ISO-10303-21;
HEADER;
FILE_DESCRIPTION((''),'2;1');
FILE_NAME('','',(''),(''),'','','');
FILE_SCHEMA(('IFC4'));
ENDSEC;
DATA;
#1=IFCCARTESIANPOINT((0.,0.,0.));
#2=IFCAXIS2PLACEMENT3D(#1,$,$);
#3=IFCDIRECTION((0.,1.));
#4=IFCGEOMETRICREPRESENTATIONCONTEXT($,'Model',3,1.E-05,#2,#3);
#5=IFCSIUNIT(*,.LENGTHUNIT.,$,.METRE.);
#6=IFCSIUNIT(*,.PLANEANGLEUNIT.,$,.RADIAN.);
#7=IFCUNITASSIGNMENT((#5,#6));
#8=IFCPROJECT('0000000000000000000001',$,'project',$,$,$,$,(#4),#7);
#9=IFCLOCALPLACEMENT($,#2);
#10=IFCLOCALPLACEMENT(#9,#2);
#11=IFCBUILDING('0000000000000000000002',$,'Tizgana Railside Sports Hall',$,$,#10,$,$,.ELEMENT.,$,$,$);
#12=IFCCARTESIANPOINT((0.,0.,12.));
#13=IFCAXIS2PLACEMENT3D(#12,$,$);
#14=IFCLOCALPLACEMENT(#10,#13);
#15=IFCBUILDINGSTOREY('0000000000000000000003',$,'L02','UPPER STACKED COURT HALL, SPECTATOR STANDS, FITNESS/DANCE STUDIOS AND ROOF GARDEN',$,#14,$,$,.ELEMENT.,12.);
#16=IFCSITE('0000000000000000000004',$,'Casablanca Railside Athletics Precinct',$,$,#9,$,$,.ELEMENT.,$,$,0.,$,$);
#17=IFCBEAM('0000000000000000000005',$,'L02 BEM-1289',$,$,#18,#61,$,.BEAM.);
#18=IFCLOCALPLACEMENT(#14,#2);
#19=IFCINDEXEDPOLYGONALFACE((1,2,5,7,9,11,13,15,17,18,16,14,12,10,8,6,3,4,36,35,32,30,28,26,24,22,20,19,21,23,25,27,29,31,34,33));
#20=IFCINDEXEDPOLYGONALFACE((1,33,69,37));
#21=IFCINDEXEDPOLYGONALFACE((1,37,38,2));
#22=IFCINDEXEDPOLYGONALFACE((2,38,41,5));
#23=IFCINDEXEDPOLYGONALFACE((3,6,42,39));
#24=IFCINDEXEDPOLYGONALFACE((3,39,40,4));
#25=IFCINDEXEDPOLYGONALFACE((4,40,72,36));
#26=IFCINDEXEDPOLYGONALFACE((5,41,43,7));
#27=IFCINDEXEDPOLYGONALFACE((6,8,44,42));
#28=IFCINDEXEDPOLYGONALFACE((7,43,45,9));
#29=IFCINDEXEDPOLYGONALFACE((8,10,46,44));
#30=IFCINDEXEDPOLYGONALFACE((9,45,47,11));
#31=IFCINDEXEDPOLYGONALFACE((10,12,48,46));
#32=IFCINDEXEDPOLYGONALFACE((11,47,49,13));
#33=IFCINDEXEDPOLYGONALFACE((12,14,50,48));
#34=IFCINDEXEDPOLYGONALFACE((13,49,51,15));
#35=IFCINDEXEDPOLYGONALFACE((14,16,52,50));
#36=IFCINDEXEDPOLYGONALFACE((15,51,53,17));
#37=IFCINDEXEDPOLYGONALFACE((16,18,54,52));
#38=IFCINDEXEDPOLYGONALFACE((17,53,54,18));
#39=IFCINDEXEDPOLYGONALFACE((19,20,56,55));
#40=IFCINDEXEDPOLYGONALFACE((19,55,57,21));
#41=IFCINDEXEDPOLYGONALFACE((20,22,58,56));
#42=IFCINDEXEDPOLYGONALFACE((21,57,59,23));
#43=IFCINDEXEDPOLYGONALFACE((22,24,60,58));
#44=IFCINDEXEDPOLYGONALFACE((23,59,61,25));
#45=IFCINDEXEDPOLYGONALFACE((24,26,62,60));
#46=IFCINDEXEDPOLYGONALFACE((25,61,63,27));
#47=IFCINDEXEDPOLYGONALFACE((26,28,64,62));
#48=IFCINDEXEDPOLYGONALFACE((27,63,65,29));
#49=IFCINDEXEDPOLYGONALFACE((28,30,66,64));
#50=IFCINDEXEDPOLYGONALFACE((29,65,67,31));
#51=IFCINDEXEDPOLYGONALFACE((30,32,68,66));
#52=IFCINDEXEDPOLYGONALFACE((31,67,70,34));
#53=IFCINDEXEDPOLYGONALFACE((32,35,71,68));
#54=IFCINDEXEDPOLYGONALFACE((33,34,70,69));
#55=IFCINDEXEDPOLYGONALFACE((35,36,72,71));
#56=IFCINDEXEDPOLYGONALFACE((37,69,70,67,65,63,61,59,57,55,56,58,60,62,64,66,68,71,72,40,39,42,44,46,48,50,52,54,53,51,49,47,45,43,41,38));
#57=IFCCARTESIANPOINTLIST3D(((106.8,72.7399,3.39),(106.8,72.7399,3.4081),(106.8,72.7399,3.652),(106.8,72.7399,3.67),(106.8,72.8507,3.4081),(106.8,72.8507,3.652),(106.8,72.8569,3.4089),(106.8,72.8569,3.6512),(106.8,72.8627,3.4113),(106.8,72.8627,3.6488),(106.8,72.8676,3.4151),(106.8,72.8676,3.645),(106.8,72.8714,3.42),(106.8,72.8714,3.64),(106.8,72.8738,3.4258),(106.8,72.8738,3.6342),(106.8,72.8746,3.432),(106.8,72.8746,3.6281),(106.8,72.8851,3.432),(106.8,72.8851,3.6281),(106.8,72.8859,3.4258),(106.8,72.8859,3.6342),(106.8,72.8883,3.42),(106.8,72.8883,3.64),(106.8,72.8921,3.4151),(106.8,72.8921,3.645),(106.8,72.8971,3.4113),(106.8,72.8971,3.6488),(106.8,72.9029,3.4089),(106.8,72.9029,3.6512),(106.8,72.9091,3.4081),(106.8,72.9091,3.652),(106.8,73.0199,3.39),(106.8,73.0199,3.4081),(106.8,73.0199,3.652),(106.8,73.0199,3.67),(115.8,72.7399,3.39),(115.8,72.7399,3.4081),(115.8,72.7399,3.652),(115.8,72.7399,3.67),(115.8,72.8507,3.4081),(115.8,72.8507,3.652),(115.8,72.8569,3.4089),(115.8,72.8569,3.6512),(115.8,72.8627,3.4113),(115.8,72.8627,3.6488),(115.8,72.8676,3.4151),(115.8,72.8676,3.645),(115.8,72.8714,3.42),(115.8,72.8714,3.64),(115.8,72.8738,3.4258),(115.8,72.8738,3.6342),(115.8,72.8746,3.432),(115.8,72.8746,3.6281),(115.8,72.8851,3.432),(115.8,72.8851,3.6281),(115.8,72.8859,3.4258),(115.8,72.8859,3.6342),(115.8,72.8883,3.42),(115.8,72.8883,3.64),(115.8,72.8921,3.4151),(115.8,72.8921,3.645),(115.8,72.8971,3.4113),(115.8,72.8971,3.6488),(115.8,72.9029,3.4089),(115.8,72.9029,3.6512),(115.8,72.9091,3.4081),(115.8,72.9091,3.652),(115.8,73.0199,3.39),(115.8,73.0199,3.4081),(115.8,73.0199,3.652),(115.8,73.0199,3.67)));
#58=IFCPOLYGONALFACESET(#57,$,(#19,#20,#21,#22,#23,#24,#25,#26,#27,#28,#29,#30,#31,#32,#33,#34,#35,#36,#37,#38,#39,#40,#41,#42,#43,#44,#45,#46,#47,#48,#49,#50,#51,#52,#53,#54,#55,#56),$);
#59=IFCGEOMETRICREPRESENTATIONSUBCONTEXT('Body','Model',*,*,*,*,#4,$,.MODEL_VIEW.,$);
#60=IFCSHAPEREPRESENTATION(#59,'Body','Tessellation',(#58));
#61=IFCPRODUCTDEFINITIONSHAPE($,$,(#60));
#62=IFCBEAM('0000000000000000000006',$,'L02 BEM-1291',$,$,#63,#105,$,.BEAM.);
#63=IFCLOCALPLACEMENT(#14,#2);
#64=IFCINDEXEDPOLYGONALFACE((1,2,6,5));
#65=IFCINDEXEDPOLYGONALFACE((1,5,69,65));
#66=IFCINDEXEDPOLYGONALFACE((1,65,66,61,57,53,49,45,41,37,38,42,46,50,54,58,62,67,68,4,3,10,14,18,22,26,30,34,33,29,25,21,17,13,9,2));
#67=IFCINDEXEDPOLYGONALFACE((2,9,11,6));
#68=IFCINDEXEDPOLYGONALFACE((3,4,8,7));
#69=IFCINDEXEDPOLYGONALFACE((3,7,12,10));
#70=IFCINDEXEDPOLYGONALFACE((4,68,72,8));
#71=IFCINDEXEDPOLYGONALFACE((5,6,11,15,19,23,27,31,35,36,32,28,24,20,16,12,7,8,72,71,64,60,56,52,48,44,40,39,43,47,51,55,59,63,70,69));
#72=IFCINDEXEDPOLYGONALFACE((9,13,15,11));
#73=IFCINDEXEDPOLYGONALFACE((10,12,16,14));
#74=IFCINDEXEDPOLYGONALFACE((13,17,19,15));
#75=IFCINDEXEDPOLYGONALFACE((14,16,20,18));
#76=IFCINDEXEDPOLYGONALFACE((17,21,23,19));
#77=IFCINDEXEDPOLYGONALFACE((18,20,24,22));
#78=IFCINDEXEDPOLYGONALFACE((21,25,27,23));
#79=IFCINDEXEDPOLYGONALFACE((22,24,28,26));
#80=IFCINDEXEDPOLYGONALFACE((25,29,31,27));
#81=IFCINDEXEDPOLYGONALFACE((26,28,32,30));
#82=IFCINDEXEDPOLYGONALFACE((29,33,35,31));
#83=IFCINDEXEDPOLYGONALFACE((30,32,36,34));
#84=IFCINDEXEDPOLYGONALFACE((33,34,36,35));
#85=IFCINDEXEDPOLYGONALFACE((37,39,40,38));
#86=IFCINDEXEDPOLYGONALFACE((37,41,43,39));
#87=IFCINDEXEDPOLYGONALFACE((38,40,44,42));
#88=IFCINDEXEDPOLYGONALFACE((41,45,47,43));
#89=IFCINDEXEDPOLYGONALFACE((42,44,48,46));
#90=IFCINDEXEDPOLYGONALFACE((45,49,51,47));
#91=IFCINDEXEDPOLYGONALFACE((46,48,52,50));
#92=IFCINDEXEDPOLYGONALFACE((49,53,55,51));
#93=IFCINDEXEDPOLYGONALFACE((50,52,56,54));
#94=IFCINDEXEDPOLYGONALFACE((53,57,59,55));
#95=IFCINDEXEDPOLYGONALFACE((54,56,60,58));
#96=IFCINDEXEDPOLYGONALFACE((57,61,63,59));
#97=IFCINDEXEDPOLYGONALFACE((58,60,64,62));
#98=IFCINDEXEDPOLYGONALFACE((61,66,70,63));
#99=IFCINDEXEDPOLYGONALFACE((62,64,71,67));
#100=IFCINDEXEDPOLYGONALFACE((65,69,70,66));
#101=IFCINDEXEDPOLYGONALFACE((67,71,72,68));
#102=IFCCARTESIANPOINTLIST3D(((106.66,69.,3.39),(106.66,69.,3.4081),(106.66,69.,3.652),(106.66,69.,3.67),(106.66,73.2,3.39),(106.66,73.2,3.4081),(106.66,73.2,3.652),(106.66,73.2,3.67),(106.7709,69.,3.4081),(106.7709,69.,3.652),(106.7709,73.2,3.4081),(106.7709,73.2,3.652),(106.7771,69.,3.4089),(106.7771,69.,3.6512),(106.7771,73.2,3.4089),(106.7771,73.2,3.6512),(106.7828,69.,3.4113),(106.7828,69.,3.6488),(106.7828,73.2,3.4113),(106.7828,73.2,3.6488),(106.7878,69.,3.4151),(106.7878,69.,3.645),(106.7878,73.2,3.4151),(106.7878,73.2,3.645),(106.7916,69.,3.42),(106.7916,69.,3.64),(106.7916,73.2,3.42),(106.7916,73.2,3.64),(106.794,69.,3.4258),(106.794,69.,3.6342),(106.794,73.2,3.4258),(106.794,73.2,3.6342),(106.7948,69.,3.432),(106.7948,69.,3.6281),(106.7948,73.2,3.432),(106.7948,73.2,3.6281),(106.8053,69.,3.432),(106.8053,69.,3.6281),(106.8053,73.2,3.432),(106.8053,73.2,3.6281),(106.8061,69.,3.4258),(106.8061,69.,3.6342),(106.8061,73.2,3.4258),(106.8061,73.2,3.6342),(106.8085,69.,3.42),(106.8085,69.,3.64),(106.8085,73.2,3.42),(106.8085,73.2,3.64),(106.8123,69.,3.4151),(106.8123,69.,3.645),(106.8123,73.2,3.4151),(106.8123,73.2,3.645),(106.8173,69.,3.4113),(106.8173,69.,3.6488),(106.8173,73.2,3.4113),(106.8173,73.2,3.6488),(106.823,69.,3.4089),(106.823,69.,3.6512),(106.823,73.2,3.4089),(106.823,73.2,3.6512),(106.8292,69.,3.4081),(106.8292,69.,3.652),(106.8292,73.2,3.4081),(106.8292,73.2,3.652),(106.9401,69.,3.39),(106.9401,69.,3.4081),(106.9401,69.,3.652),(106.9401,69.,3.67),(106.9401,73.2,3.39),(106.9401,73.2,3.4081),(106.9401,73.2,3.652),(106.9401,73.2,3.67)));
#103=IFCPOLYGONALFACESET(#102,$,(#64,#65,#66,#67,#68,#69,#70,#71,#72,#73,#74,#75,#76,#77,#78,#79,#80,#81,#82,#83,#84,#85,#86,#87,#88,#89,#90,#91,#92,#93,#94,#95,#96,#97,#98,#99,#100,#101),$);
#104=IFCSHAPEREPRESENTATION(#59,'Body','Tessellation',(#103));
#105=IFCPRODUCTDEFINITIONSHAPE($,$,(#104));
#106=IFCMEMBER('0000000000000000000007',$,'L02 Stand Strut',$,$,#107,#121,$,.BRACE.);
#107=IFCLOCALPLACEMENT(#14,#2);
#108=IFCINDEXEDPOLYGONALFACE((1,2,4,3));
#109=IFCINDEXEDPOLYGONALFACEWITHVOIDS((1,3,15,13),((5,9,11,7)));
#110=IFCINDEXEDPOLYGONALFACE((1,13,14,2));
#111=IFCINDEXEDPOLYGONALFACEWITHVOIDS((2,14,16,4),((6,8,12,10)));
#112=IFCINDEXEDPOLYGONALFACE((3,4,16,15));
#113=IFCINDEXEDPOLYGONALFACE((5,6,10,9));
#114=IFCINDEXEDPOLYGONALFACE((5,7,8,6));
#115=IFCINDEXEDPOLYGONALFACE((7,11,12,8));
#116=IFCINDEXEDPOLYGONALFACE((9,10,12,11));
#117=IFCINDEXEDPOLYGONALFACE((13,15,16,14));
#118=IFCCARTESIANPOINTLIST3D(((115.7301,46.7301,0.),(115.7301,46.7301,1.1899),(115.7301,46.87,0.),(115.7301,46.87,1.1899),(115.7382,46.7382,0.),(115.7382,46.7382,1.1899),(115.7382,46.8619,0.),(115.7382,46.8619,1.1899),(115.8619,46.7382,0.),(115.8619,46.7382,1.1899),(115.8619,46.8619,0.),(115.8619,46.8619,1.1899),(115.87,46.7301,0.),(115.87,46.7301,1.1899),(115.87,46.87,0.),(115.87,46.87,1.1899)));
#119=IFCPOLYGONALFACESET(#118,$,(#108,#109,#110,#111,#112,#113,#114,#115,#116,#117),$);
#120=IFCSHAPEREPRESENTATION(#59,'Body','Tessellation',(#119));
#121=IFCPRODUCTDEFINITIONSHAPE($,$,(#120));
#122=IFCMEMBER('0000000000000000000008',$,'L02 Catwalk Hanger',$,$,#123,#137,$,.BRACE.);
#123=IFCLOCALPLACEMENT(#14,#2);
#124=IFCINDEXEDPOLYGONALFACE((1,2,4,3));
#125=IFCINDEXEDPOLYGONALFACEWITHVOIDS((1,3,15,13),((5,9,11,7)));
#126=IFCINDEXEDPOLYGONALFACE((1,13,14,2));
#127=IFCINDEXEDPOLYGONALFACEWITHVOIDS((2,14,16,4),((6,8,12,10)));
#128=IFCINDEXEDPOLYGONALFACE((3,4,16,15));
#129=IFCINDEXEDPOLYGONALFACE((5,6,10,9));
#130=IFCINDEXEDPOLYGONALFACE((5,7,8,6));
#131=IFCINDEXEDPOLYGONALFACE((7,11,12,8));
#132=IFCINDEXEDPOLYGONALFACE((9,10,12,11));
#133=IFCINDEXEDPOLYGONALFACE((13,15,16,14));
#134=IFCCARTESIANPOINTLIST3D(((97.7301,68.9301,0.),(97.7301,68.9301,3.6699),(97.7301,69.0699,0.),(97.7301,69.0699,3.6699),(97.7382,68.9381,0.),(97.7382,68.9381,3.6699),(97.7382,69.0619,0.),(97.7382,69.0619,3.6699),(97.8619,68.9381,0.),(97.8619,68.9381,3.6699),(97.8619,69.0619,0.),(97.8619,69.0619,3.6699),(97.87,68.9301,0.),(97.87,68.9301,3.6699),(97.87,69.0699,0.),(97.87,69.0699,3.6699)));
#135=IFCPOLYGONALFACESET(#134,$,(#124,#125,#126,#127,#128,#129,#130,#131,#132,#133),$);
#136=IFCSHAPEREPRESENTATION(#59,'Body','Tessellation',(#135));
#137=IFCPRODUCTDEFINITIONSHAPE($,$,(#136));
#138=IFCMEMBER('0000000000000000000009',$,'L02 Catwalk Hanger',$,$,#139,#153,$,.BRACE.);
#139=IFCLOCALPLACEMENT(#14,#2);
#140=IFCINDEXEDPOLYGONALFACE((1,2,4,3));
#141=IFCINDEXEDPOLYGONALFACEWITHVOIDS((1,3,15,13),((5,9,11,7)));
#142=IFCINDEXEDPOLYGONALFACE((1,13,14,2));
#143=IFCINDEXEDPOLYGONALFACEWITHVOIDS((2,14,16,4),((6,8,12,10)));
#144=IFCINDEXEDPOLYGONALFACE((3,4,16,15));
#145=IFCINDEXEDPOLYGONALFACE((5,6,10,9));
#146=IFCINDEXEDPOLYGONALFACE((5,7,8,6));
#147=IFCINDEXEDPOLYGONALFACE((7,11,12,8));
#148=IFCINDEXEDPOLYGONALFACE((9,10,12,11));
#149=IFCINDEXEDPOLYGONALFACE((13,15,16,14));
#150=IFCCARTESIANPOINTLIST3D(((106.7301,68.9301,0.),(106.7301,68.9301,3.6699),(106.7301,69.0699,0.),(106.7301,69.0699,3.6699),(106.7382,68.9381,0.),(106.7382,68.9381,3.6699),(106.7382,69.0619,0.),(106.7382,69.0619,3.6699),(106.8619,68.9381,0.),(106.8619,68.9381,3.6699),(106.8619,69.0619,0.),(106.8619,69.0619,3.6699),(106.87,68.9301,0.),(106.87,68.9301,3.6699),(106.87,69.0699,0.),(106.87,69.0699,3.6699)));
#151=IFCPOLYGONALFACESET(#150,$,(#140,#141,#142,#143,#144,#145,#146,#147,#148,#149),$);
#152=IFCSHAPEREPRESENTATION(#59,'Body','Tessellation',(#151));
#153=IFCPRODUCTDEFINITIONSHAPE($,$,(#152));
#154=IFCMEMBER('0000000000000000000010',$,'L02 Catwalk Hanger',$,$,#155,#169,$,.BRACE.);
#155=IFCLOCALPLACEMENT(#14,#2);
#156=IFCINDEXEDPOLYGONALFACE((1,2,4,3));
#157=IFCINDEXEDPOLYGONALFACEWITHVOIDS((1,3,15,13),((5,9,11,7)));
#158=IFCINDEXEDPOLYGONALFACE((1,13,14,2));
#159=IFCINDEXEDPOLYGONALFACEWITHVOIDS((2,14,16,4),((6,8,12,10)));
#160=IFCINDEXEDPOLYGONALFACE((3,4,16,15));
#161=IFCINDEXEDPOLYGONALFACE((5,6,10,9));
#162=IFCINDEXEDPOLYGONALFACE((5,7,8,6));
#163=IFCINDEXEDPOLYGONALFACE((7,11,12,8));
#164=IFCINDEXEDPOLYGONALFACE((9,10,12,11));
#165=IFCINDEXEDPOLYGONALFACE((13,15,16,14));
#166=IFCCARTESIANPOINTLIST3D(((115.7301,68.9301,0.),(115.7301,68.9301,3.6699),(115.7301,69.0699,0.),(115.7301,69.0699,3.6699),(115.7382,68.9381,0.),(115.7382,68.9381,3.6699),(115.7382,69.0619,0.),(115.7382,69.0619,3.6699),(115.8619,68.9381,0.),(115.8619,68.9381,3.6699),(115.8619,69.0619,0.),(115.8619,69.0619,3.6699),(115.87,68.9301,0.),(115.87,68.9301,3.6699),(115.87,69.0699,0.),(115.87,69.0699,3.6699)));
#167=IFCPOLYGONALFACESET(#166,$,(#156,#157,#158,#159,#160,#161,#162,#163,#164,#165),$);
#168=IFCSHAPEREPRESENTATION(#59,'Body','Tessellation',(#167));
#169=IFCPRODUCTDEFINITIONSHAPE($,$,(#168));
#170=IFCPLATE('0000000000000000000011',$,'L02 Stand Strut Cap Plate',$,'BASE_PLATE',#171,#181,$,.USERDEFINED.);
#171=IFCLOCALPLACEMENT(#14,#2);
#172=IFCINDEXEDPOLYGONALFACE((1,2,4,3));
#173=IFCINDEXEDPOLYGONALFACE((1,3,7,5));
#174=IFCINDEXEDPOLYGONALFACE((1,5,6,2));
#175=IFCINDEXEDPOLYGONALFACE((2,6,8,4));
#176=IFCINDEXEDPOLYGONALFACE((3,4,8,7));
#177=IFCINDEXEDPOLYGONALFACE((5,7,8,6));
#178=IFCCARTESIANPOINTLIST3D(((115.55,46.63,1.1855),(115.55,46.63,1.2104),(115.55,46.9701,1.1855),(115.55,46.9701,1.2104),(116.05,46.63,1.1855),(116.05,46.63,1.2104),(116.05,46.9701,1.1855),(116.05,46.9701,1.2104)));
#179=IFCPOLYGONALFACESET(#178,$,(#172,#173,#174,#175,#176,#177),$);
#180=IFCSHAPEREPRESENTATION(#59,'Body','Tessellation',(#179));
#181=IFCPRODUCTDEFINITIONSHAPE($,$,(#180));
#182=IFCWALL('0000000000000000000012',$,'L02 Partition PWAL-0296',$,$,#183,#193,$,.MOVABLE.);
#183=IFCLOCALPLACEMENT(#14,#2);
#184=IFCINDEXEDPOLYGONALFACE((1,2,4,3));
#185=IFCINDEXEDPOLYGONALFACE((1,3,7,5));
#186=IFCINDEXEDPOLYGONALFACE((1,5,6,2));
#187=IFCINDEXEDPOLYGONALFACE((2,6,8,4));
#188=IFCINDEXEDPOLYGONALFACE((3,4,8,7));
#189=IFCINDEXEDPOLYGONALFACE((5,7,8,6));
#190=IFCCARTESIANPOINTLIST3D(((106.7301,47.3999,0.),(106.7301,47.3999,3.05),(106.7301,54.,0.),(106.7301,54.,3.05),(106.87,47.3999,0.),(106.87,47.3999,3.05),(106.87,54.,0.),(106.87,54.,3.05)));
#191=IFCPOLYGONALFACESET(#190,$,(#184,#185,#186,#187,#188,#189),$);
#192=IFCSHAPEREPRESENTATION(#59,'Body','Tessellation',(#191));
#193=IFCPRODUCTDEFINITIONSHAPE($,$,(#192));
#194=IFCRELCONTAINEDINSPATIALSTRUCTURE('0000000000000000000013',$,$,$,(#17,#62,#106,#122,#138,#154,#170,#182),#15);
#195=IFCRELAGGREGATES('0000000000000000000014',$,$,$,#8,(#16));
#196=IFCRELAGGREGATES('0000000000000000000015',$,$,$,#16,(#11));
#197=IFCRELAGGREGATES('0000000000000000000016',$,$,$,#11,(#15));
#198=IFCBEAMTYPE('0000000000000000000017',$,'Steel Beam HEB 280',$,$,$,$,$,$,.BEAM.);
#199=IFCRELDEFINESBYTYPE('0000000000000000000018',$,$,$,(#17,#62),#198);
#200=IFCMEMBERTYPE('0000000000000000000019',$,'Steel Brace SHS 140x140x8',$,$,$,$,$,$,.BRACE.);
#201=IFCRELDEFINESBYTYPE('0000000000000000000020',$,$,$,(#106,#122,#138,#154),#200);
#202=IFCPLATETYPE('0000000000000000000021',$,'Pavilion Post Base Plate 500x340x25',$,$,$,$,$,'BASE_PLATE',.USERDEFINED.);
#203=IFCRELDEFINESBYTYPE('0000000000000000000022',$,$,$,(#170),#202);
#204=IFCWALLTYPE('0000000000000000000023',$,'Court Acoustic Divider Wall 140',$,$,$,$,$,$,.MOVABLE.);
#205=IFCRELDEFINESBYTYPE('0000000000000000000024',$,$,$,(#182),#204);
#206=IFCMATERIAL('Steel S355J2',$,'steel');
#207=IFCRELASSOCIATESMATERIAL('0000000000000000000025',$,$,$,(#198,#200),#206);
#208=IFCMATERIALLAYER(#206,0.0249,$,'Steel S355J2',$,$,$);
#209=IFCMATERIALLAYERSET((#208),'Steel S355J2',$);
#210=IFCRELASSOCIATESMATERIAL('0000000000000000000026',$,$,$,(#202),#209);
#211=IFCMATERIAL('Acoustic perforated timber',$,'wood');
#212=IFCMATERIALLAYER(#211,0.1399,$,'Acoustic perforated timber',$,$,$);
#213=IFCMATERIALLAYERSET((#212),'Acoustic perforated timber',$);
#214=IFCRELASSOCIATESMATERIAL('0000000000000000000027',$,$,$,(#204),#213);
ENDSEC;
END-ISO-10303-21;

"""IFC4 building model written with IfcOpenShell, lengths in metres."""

from ifc_helpers import new_model, si_unit, direction, frame, frame_2d, origin, origin_2d, place, context, subcontext, project, spatial, rectangle, hollow_rectangle, i_section, extrude, material, layer, layer_set, material_profile, profile_set, type_object, element, save


model = new_model("IFC4")

# Units and contexts
model_context = context("Model", 3, precision=1e-05, world=origin(), true_north=direction((0.0, 1.0)))
body_context = subcontext(model_context, "Body", "Model", "MODEL_VIEW")
ifc_project = project(units=[si_unit("LENGTHUNIT", "METRE"), si_unit("PLANEANGLEUNIT", "RADIAN")], contexts=[model_context])

# Site, building, storey
site_placement = place(None, origin())
site = spatial("IfcSite", under=ifc_project, at=site_placement, Name="Casablanca Railside Athletics Precinct", CompositionType="ELEMENT", RefElevation=0.0)
building_placement = place(site_placement, origin())
building = spatial("IfcBuilding", under=site, at=building_placement, Name="Tizgana Railside Sports Hall", CompositionType="ELEMENT")
storey_placement = place(building_placement, frame((0.0, 0.0, 12.0)))
storey = spatial("IfcBuildingStorey", under=building, at=storey_placement, Name="L02", Description="UPPER STACKED COURT HALL, SPECTATOR STANDS, FITNESS/DANCE STUDIOS AND ROOF GARDEN", CompositionType="ELEMENT", Elevation=12.0)

# Beams
ifc_material_1 = material(Name="Steel S355J2", Category="steel")
ifc_material_profile_1 = material_profile(ifc_material_1, i_section(OverallWidth=0.28, OverallDepth=0.28, WebThickness=0.0105, FlangeThickness=0.0181, FilletRadius=0.0239, at=origin_2d()), Name="HEB 280")
ifc_profile_set_1 = profile_set([ifc_material_profile_1], Name="Steel S355J2")
beam_type_1 = type_object("IfcBeamType", Name="Steel Beam HEB 280", PredefinedType="BEAM", material=ifc_profile_set_1)
beam_1_placement = place(storey_placement, frame((106.8, 72.8799, 3.53), z_axis=(1.0, 0.0, 0.0), x_axis=(0.0, 1.0, 0.0)))
element("IfcBeam", 1, at=beam_1_placement, inside=storey, type_object=beam_type_1, Name="L02 BEM-1289", PredefinedType="BEAM", context=body_context, shape_type="SweptSolid", body=[
    extrude(i_section(OverallWidth=0.28, OverallDepth=0.28, WebThickness=0.0105, FlangeThickness=0.0181, FilletRadius=0.0239, at=origin_2d()), origin(), (0.0, 0.0, 1.0), 9.0),
])
beam_2_placement = place(storey_placement, frame((106.8, 73.2, 3.53), z_axis=(0.0, -1.0, 0.0), x_axis=(1.0, 0.0, 0.0)))
element("IfcBeam", 2, at=beam_2_placement, inside=storey, type_object=beam_type_1, Name="L02 BEM-1291", PredefinedType="BEAM", context=body_context, shape_type="SweptSolid", body=[
    extrude(i_section(OverallWidth=0.28, OverallDepth=0.28, WebThickness=0.0105, FlangeThickness=0.0181, FilletRadius=0.0239, at=origin_2d()), origin(), (0.0, 0.0, 1.0), 4.2),
])

# Members
ifc_material_profile_2 = material_profile(ifc_material_1, hollow_rectangle(XDim=0.1399, YDim=0.1399, WallThickness=0.0081, at=origin_2d()), Name="SHS 140x140x8")
ifc_profile_set_2 = profile_set([ifc_material_profile_2], Name="Steel S355J2")
member_type = type_object("IfcMemberType", Name="Steel Brace SHS 140x140x8", PredefinedType="BRACE", material=ifc_profile_set_2)
member_placement = place(storey_placement, frame((115.8, 46.8, 0.0), z_axis=(0.0, 0.0, 1.0), x_axis=(1.0, 0.0, 0.0)))
element("IfcMember", 3, at=member_placement, inside=storey, type_object=member_type, Name="L02 Stand Strut", PredefinedType="BRACE", context=body_context, shape_type="SweptSolid", body=[
    extrude(hollow_rectangle(XDim=0.1399, YDim=0.1399, WallThickness=0.0081, at=origin_2d()), origin(), (0.0, 0.0, 1.0), 1.1899),
])
for number, where, z_axis, x_axis, name in (
    (4, (97.8, 69.0, 0.0), (0.0, 0.0, 1.0), (1.0, 0.0, 0.0), "L02 Catwalk Hanger"),
    (5, (106.8, 69.0, 0.0), (0.0, 0.0, 1.0), (1.0, 0.0, 0.0), "L02 Catwalk Hanger"),
    (6, (115.8, 69.0, 0.0), (0.0, 0.0, 1.0), (1.0, 0.0, 0.0), "L02 Catwalk Hanger"),
):
    element("IfcMember", number, at=place(storey_placement, frame(where, z_axis=z_axis, x_axis=x_axis)), inside=storey, type_object=member_type, Name=name, PredefinedType="BRACE", context=body_context, shape_type="SweptSolid", body=[
        extrude(hollow_rectangle(XDim=0.1399, YDim=0.1399, WallThickness=0.0081, at=origin_2d()), origin(), (0.0, 0.0, 1.0), 3.6699),
    ])

# Plate
ifc_layer_1 = layer(ifc_material_1, 0.0249, Name="Steel S355J2")
ifc_layer_set_1 = layer_set([ifc_layer_1], Name="Steel S355J2")
plate_type = type_object("IfcPlateType", Name="Pavilion Post Base Plate 500x340x25", ElementType="BASE_PLATE", PredefinedType="USERDEFINED", material=ifc_layer_set_1)
plate_placement = place(storey_placement, frame((115.8, 46.8, 1.1855), z_axis=(0.0, 0.0, 1.0), x_axis=(1.0, 0.0, 0.0)))
element("IfcPlate", 7, at=plate_placement, inside=storey, type_object=plate_type, Name="L02 Stand Strut Cap Plate", ObjectType="BASE_PLATE", PredefinedType="USERDEFINED", context=body_context, shape_type="SweptSolid", body=[
    extrude(rectangle(XDim=0.5, YDim=0.3401, at=origin_2d()), origin(), (0.0, 0.0, 1.0), 0.0249),
])

# Wall
ifc_material_2 = material(Name="Acoustic perforated timber", Category="wood")
ifc_layer_2 = layer(ifc_material_2, 0.1399, Name="Acoustic perforated timber")
ifc_layer_set_2 = layer_set([ifc_layer_2], Name="Acoustic perforated timber")
wall_type_1 = type_object("IfcWallType", Name="Court Acoustic Divider Wall 140", PredefinedType="MOVABLE", material=ifc_layer_set_2)
wall_1_placement = place(storey_placement, frame((106.8, 47.3999, 0.0), z_axis=(0.0, 0.0, 1.0), x_axis=(0.0, 1.0, 0.0)))
element("IfcWall", 8, at=wall_1_placement, inside=storey, type_object=wall_type_1, Name="L02 Partition PWAL-0296", PredefinedType="MOVABLE", context=body_context, shape_type="SweptSolid", body=[
    extrude(rectangle(XDim=6.6001, YDim=0.1399, at=frame_2d((3.3, 0.0))), origin(), (0.0, 0.0, 1.0), 3.05),
])

save(model, "model.ifc")
